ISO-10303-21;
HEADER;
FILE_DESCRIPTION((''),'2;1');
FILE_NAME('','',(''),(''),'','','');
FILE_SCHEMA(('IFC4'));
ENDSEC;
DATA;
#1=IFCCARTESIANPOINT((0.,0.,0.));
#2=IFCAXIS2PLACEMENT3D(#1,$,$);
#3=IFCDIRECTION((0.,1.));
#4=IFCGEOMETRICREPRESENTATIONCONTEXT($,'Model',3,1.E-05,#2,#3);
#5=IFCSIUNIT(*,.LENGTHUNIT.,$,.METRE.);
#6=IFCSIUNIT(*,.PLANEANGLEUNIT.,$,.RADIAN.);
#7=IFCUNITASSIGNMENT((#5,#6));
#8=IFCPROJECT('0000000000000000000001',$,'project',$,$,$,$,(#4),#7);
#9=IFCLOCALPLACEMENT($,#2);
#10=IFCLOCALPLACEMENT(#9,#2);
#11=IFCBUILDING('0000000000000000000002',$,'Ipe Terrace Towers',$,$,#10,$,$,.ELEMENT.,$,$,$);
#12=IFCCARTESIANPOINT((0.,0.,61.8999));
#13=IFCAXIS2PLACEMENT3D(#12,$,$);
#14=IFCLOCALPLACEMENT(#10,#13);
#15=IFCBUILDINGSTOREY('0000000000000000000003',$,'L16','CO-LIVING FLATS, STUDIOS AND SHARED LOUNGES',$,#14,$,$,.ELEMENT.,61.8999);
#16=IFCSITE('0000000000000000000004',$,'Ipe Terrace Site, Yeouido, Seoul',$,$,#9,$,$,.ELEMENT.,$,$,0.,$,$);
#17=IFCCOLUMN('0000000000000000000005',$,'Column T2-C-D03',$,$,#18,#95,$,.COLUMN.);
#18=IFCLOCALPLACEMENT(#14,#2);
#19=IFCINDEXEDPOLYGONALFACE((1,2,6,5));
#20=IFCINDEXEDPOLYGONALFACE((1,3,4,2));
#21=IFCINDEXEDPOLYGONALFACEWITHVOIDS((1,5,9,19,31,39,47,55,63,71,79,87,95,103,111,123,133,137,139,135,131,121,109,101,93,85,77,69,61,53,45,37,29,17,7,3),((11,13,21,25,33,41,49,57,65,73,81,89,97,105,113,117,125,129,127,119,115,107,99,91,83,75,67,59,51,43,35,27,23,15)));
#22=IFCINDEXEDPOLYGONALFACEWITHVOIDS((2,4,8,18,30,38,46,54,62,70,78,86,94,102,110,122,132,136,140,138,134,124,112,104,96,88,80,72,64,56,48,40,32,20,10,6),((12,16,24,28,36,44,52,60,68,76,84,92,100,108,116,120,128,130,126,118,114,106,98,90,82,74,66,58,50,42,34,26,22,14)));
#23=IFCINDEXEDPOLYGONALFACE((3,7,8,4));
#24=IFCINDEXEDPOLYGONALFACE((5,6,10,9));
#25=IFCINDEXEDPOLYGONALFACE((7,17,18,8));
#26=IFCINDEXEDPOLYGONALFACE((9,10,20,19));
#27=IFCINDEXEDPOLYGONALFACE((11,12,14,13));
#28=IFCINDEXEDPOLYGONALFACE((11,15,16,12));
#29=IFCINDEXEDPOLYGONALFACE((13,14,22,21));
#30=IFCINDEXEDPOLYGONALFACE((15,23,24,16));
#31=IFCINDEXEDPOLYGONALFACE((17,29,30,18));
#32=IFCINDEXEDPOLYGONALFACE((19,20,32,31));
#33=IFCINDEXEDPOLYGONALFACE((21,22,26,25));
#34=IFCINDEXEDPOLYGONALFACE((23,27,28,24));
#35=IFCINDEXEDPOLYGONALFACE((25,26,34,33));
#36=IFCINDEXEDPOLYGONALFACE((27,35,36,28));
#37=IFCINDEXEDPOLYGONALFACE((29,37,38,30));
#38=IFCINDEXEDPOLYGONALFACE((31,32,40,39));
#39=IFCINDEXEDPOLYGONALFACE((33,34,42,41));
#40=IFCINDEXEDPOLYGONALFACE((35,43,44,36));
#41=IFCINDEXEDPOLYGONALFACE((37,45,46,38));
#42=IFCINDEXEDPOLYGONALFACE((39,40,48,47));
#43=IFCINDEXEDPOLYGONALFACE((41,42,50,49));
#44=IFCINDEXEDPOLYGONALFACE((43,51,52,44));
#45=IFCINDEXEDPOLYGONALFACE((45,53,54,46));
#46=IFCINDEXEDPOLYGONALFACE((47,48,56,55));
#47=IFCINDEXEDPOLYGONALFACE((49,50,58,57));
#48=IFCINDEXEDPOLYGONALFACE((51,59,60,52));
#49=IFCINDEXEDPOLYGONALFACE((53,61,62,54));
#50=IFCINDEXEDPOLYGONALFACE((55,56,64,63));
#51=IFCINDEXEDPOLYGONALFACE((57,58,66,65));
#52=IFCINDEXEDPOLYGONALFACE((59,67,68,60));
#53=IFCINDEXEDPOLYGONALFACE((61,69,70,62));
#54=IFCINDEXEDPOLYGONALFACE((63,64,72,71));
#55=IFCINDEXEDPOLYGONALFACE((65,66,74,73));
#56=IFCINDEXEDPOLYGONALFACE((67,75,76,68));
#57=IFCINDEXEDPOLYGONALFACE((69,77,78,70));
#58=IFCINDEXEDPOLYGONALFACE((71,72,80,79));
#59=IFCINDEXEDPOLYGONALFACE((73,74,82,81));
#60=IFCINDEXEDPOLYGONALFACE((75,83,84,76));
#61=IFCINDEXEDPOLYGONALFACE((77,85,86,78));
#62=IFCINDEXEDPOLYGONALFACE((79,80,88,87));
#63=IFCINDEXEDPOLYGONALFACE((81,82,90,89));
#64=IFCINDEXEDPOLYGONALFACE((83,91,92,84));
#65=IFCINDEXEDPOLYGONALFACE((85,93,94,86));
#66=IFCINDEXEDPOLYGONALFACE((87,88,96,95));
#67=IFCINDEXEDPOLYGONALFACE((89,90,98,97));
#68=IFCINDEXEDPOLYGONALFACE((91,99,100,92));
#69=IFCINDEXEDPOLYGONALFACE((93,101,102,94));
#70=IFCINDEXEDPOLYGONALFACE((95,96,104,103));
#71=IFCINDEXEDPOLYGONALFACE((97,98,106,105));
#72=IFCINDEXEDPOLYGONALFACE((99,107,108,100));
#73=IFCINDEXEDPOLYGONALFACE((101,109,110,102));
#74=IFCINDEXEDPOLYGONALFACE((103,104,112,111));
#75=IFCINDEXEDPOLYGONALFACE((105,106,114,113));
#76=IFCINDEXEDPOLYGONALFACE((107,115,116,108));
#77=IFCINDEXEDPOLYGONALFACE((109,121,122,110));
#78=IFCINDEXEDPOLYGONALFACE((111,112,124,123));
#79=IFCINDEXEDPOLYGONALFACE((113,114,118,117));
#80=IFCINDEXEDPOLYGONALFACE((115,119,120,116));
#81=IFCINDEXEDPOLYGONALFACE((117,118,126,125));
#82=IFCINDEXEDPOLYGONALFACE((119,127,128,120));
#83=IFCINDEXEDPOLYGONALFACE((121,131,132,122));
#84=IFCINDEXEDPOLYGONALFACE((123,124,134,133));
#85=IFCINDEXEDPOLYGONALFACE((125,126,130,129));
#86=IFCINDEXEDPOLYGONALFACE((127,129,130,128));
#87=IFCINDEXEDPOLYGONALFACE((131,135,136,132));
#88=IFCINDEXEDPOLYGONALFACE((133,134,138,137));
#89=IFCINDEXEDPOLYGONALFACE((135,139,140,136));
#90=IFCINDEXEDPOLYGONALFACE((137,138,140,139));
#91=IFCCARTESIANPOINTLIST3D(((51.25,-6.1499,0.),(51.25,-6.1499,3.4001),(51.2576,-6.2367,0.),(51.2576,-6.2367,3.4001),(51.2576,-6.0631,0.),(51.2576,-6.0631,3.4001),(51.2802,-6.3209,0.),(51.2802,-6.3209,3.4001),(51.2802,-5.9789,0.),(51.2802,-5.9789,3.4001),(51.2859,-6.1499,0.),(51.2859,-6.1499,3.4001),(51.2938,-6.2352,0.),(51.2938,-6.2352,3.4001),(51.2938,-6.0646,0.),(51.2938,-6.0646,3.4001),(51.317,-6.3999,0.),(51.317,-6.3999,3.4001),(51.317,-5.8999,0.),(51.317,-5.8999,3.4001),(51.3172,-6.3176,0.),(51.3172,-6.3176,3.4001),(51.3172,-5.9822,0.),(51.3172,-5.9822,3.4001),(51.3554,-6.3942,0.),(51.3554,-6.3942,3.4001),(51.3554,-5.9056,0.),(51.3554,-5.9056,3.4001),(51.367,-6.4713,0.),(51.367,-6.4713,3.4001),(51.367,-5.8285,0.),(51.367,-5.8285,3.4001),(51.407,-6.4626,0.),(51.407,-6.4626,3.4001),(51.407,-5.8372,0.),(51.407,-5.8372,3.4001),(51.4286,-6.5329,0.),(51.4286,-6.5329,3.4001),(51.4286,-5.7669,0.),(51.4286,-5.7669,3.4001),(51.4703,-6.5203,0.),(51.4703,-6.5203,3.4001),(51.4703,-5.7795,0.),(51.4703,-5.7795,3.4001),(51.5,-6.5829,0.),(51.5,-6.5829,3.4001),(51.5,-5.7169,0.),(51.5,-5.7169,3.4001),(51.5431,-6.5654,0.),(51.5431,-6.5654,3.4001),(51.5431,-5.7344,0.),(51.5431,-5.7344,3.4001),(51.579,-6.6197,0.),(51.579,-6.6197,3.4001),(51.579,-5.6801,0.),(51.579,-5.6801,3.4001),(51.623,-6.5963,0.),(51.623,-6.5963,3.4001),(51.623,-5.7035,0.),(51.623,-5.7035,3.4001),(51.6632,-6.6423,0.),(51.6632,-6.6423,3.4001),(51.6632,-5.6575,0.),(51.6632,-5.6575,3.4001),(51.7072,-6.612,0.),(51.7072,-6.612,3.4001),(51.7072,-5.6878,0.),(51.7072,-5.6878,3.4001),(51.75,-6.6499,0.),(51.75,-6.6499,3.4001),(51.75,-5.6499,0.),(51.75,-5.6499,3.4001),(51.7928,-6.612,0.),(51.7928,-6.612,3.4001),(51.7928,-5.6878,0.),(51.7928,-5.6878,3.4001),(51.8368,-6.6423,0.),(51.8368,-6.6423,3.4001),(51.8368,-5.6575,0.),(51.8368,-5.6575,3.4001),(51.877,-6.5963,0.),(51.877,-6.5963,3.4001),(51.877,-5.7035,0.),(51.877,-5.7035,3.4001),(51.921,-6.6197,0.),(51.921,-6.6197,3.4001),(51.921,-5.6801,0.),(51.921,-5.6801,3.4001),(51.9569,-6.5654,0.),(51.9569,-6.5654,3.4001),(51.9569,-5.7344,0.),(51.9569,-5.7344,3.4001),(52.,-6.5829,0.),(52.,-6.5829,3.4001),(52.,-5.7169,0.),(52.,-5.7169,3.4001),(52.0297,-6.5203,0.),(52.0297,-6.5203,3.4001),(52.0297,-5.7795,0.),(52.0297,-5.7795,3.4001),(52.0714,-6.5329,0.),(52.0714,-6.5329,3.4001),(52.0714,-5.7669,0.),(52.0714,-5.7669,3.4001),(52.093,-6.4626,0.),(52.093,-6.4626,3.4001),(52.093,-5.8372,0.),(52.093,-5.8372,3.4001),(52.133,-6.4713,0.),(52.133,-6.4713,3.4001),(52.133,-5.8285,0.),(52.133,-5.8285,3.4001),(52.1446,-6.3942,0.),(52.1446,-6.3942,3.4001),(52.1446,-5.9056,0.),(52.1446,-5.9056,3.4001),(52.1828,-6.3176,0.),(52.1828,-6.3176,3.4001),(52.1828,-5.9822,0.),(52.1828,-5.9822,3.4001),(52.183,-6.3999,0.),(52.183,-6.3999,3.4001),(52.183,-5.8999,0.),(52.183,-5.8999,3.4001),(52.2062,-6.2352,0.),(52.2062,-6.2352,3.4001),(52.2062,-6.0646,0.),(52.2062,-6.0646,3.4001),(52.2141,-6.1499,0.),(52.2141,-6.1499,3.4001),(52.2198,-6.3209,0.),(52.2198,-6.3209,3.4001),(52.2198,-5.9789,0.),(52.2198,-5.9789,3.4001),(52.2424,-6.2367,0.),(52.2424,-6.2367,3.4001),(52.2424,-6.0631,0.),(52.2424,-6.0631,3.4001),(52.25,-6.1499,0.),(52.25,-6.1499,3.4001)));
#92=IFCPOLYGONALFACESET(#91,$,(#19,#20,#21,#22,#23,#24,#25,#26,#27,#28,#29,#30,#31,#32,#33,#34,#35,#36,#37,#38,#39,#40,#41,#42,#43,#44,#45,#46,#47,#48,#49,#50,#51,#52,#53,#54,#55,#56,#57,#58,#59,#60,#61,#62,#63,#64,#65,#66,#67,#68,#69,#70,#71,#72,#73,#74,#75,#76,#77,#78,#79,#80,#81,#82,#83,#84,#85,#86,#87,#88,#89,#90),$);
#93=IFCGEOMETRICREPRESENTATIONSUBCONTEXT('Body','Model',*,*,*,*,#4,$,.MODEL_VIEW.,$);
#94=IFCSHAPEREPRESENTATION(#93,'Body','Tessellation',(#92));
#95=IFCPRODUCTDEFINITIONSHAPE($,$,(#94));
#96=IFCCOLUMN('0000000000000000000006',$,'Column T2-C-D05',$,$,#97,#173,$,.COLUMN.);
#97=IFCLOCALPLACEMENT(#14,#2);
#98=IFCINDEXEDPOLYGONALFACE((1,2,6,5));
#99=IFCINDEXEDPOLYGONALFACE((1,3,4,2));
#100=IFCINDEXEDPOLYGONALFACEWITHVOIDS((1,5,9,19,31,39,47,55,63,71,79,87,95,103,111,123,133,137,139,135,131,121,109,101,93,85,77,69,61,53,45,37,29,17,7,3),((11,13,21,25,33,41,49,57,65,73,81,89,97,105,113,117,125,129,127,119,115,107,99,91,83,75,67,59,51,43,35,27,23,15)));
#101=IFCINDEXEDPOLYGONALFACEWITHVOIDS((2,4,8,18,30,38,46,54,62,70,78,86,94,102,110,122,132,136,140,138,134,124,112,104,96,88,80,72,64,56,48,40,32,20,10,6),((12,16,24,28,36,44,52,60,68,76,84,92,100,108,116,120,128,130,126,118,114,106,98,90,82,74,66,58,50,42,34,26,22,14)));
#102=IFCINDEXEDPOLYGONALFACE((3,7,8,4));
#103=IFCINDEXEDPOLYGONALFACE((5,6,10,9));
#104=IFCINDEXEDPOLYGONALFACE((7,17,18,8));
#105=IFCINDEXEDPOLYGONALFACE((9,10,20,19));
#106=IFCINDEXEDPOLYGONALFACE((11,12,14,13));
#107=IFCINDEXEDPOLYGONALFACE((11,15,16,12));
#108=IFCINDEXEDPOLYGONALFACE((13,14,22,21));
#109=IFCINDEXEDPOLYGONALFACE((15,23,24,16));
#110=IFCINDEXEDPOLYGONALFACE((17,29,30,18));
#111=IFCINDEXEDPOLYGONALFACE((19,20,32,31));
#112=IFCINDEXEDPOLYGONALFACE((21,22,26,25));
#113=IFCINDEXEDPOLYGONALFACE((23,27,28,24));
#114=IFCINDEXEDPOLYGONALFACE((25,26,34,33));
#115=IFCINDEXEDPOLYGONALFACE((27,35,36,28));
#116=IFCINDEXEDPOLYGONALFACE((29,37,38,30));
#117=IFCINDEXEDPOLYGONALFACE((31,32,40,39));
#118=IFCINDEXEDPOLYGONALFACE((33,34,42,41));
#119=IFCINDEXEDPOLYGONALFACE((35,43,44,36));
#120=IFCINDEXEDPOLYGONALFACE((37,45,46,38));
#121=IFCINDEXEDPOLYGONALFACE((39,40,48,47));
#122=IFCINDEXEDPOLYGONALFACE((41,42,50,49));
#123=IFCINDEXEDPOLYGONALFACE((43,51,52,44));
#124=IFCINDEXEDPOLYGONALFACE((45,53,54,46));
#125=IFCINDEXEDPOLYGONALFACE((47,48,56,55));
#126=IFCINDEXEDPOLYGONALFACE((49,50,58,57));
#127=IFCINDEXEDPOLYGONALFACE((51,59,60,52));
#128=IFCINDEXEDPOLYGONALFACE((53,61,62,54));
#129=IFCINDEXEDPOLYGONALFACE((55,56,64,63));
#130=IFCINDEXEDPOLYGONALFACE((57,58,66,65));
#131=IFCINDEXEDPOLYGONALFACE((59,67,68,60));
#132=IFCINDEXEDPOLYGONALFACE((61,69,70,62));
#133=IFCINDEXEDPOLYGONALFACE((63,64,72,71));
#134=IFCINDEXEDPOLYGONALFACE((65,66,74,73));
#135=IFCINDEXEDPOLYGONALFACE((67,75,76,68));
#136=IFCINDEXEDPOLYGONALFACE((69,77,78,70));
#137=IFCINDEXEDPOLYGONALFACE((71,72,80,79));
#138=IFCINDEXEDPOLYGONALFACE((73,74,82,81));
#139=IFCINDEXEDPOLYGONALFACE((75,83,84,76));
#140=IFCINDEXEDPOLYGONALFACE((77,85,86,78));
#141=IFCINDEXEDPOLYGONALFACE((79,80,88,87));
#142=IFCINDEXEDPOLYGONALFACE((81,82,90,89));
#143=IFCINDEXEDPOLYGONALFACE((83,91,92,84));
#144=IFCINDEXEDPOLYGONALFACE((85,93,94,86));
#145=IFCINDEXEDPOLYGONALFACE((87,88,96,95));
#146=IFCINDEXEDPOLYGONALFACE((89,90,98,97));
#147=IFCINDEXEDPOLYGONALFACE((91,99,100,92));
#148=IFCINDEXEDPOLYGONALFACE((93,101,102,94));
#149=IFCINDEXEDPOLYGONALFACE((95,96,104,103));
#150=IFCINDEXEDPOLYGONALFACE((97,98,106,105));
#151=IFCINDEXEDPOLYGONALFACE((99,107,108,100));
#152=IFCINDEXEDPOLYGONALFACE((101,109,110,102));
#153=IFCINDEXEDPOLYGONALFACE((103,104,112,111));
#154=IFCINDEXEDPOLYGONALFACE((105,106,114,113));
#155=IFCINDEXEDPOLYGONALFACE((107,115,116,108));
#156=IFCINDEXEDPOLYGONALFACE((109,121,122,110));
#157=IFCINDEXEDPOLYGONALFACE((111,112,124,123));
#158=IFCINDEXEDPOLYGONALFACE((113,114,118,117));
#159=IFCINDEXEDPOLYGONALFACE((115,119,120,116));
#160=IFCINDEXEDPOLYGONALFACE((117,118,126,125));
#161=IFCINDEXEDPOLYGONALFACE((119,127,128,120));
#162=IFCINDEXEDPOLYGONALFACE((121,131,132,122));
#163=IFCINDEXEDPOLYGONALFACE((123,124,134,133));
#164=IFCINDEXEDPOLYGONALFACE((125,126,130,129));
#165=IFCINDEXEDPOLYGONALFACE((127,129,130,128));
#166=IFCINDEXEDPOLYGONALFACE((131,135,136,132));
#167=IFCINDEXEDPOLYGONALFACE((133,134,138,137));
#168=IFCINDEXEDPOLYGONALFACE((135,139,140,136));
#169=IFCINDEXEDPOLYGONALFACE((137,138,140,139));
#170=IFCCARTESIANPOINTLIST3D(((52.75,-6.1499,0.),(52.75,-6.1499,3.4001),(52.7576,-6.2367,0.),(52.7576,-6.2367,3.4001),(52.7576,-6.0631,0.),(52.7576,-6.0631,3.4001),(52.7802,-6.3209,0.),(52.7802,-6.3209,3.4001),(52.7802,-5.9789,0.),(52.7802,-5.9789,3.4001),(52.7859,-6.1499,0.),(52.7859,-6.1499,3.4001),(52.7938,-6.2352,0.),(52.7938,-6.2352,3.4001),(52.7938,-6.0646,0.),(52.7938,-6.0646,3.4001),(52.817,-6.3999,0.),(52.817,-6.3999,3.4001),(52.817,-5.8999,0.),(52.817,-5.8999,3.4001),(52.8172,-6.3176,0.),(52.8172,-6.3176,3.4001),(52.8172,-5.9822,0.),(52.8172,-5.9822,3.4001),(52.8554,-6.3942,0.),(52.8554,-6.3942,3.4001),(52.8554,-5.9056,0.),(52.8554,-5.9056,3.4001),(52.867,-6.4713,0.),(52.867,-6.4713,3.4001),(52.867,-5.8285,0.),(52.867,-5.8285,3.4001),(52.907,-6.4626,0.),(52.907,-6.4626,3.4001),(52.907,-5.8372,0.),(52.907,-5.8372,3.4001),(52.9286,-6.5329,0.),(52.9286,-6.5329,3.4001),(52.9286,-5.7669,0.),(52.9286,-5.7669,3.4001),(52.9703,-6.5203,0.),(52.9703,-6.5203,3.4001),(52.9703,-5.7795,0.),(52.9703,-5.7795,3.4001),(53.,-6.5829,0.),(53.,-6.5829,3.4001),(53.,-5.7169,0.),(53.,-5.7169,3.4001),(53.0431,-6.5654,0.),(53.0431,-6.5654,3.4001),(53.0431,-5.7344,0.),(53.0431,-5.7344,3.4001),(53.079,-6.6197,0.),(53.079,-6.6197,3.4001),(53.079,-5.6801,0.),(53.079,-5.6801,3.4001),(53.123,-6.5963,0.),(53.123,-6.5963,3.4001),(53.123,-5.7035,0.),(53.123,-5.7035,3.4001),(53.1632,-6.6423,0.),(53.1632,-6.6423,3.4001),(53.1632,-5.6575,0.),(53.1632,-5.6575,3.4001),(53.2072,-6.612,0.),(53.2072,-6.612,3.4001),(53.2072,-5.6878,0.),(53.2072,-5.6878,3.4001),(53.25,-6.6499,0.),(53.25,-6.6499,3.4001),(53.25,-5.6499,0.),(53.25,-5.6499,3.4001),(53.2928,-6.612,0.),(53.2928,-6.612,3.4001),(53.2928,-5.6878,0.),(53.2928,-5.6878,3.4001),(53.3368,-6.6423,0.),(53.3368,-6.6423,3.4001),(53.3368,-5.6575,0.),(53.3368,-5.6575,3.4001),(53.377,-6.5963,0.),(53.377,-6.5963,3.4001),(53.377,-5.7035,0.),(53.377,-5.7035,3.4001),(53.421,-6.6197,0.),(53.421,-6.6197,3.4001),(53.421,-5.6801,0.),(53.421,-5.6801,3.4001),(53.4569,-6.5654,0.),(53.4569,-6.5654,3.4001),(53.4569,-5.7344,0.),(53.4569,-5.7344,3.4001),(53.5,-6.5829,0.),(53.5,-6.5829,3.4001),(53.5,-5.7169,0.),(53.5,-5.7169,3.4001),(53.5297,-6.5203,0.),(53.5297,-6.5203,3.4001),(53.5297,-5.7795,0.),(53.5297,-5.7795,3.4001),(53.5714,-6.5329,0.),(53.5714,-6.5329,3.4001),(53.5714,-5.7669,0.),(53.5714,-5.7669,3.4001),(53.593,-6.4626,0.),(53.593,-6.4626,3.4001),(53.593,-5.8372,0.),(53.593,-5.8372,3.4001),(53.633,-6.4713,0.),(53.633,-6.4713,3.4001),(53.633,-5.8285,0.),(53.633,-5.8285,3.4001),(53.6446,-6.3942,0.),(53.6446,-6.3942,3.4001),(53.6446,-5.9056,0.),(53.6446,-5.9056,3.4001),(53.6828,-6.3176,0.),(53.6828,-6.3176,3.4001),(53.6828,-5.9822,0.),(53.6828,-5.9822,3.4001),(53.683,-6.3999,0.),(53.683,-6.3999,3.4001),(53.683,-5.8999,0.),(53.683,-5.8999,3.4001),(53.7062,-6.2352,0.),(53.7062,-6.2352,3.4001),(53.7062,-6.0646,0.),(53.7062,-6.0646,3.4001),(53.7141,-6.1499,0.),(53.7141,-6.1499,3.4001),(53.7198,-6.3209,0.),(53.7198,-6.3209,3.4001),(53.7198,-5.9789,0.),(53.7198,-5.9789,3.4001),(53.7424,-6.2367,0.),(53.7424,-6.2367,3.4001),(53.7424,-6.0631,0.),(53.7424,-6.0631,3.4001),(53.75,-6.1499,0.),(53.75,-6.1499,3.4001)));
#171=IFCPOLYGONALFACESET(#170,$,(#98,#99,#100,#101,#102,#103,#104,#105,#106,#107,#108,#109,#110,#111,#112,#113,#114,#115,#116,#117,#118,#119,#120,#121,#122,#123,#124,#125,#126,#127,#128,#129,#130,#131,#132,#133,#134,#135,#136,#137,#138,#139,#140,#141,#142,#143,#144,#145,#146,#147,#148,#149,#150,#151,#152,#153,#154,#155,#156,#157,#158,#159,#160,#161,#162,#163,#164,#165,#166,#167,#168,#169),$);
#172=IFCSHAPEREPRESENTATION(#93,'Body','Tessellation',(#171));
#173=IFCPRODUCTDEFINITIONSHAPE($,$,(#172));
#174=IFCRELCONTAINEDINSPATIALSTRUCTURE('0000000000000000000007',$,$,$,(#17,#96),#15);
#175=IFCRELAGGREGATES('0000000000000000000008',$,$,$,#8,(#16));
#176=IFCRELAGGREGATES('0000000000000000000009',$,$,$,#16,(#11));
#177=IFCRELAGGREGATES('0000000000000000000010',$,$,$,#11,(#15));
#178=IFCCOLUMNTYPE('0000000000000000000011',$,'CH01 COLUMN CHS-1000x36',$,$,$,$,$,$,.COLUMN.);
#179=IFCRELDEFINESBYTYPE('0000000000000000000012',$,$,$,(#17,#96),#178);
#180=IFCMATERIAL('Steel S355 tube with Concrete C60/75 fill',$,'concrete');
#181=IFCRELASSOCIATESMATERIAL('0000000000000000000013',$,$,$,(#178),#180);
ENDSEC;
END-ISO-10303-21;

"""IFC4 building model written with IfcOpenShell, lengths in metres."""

from ifc_helpers import new_model, si_unit, direction, frame, origin, origin_2d, place, context, subcontext, project, spatial, hollow_circle, extrude, material, material_profile, profile_set, type_object, element, save


model = new_model("IFC4")

# Units and contexts
model_context = context("Model", 3, precision=1e-05, world=origin(), true_north=direction((0.0, 1.0)))
body_context = subcontext(model_context, "Body", "Model", "MODEL_VIEW")
ifc_project = project(units=[si_unit("LENGTHUNIT", "METRE"), si_unit("PLANEANGLEUNIT", "RADIAN")], contexts=[model_context])

# Site, building, storey
site_placement = place(None, origin())
site = spatial("IfcSite", under=ifc_project, at=site_placement, Name="Ipe Terrace Site, Yeouido, Seoul", CompositionType="ELEMENT", RefElevation=0.0)
building_placement = place(site_placement, origin())
building = spatial("IfcBuilding", under=site, at=building_placement, Name="Ipe Terrace Towers", CompositionType="ELEMENT")
storey_placement = place(building_placement, frame((0.0, 0.0, 61.8999)))
storey = spatial("IfcBuildingStorey", under=building, at=storey_placement, Name="L16", Description="CO-LIVING FLATS, STUDIOS AND SHARED LOUNGES", CompositionType="ELEMENT", Elevation=61.8999)

# Columns
ifc_material_1 = material(Name="Steel S355 tube with Concrete C60/75 fill", Category="concrete")
ifc_material_profile_1 = material_profile(ifc_material_1, hollow_circle(Radius=0.5, WallThickness=0.0359, at=origin_2d()), Name="CHS-1000x36")
ifc_profile_set_1 = profile_set([ifc_material_profile_1], Name="Steel S355 tube with Concrete C60/75 fill")
column_type_1 = type_object("IfcColumnType", Name="CH01 COLUMN CHS-1000x36", PredefinedType="COLUMN", material=ifc_profile_set_1)
for number, where, z_axis, x_axis, name in (
    (1, (51.75, -6.1499, 0.0), (0.0, 0.0, 1.0), (1.0, 0.0, 0.0), "Column T2-C-D03"),
    (2, (53.25, -6.1499, 0.0), (0.0, 0.0, 1.0), (1.0, 0.0, 0.0), "Column T2-C-D05"),
):
    element("IfcColumn", number, at=place(storey_placement, frame(where, z_axis=z_axis, x_axis=x_axis)), inside=storey, type_object=column_type_1, Name=name, PredefinedType="COLUMN", context=body_context, shape_type="SweptSolid", body=[
        extrude(hollow_circle(Radius=0.5, WallThickness=0.0359, at=origin_2d()), origin(), (0.0, 0.0, 1.0), 3.4001),
    ])

save(model, "model.ifc")
